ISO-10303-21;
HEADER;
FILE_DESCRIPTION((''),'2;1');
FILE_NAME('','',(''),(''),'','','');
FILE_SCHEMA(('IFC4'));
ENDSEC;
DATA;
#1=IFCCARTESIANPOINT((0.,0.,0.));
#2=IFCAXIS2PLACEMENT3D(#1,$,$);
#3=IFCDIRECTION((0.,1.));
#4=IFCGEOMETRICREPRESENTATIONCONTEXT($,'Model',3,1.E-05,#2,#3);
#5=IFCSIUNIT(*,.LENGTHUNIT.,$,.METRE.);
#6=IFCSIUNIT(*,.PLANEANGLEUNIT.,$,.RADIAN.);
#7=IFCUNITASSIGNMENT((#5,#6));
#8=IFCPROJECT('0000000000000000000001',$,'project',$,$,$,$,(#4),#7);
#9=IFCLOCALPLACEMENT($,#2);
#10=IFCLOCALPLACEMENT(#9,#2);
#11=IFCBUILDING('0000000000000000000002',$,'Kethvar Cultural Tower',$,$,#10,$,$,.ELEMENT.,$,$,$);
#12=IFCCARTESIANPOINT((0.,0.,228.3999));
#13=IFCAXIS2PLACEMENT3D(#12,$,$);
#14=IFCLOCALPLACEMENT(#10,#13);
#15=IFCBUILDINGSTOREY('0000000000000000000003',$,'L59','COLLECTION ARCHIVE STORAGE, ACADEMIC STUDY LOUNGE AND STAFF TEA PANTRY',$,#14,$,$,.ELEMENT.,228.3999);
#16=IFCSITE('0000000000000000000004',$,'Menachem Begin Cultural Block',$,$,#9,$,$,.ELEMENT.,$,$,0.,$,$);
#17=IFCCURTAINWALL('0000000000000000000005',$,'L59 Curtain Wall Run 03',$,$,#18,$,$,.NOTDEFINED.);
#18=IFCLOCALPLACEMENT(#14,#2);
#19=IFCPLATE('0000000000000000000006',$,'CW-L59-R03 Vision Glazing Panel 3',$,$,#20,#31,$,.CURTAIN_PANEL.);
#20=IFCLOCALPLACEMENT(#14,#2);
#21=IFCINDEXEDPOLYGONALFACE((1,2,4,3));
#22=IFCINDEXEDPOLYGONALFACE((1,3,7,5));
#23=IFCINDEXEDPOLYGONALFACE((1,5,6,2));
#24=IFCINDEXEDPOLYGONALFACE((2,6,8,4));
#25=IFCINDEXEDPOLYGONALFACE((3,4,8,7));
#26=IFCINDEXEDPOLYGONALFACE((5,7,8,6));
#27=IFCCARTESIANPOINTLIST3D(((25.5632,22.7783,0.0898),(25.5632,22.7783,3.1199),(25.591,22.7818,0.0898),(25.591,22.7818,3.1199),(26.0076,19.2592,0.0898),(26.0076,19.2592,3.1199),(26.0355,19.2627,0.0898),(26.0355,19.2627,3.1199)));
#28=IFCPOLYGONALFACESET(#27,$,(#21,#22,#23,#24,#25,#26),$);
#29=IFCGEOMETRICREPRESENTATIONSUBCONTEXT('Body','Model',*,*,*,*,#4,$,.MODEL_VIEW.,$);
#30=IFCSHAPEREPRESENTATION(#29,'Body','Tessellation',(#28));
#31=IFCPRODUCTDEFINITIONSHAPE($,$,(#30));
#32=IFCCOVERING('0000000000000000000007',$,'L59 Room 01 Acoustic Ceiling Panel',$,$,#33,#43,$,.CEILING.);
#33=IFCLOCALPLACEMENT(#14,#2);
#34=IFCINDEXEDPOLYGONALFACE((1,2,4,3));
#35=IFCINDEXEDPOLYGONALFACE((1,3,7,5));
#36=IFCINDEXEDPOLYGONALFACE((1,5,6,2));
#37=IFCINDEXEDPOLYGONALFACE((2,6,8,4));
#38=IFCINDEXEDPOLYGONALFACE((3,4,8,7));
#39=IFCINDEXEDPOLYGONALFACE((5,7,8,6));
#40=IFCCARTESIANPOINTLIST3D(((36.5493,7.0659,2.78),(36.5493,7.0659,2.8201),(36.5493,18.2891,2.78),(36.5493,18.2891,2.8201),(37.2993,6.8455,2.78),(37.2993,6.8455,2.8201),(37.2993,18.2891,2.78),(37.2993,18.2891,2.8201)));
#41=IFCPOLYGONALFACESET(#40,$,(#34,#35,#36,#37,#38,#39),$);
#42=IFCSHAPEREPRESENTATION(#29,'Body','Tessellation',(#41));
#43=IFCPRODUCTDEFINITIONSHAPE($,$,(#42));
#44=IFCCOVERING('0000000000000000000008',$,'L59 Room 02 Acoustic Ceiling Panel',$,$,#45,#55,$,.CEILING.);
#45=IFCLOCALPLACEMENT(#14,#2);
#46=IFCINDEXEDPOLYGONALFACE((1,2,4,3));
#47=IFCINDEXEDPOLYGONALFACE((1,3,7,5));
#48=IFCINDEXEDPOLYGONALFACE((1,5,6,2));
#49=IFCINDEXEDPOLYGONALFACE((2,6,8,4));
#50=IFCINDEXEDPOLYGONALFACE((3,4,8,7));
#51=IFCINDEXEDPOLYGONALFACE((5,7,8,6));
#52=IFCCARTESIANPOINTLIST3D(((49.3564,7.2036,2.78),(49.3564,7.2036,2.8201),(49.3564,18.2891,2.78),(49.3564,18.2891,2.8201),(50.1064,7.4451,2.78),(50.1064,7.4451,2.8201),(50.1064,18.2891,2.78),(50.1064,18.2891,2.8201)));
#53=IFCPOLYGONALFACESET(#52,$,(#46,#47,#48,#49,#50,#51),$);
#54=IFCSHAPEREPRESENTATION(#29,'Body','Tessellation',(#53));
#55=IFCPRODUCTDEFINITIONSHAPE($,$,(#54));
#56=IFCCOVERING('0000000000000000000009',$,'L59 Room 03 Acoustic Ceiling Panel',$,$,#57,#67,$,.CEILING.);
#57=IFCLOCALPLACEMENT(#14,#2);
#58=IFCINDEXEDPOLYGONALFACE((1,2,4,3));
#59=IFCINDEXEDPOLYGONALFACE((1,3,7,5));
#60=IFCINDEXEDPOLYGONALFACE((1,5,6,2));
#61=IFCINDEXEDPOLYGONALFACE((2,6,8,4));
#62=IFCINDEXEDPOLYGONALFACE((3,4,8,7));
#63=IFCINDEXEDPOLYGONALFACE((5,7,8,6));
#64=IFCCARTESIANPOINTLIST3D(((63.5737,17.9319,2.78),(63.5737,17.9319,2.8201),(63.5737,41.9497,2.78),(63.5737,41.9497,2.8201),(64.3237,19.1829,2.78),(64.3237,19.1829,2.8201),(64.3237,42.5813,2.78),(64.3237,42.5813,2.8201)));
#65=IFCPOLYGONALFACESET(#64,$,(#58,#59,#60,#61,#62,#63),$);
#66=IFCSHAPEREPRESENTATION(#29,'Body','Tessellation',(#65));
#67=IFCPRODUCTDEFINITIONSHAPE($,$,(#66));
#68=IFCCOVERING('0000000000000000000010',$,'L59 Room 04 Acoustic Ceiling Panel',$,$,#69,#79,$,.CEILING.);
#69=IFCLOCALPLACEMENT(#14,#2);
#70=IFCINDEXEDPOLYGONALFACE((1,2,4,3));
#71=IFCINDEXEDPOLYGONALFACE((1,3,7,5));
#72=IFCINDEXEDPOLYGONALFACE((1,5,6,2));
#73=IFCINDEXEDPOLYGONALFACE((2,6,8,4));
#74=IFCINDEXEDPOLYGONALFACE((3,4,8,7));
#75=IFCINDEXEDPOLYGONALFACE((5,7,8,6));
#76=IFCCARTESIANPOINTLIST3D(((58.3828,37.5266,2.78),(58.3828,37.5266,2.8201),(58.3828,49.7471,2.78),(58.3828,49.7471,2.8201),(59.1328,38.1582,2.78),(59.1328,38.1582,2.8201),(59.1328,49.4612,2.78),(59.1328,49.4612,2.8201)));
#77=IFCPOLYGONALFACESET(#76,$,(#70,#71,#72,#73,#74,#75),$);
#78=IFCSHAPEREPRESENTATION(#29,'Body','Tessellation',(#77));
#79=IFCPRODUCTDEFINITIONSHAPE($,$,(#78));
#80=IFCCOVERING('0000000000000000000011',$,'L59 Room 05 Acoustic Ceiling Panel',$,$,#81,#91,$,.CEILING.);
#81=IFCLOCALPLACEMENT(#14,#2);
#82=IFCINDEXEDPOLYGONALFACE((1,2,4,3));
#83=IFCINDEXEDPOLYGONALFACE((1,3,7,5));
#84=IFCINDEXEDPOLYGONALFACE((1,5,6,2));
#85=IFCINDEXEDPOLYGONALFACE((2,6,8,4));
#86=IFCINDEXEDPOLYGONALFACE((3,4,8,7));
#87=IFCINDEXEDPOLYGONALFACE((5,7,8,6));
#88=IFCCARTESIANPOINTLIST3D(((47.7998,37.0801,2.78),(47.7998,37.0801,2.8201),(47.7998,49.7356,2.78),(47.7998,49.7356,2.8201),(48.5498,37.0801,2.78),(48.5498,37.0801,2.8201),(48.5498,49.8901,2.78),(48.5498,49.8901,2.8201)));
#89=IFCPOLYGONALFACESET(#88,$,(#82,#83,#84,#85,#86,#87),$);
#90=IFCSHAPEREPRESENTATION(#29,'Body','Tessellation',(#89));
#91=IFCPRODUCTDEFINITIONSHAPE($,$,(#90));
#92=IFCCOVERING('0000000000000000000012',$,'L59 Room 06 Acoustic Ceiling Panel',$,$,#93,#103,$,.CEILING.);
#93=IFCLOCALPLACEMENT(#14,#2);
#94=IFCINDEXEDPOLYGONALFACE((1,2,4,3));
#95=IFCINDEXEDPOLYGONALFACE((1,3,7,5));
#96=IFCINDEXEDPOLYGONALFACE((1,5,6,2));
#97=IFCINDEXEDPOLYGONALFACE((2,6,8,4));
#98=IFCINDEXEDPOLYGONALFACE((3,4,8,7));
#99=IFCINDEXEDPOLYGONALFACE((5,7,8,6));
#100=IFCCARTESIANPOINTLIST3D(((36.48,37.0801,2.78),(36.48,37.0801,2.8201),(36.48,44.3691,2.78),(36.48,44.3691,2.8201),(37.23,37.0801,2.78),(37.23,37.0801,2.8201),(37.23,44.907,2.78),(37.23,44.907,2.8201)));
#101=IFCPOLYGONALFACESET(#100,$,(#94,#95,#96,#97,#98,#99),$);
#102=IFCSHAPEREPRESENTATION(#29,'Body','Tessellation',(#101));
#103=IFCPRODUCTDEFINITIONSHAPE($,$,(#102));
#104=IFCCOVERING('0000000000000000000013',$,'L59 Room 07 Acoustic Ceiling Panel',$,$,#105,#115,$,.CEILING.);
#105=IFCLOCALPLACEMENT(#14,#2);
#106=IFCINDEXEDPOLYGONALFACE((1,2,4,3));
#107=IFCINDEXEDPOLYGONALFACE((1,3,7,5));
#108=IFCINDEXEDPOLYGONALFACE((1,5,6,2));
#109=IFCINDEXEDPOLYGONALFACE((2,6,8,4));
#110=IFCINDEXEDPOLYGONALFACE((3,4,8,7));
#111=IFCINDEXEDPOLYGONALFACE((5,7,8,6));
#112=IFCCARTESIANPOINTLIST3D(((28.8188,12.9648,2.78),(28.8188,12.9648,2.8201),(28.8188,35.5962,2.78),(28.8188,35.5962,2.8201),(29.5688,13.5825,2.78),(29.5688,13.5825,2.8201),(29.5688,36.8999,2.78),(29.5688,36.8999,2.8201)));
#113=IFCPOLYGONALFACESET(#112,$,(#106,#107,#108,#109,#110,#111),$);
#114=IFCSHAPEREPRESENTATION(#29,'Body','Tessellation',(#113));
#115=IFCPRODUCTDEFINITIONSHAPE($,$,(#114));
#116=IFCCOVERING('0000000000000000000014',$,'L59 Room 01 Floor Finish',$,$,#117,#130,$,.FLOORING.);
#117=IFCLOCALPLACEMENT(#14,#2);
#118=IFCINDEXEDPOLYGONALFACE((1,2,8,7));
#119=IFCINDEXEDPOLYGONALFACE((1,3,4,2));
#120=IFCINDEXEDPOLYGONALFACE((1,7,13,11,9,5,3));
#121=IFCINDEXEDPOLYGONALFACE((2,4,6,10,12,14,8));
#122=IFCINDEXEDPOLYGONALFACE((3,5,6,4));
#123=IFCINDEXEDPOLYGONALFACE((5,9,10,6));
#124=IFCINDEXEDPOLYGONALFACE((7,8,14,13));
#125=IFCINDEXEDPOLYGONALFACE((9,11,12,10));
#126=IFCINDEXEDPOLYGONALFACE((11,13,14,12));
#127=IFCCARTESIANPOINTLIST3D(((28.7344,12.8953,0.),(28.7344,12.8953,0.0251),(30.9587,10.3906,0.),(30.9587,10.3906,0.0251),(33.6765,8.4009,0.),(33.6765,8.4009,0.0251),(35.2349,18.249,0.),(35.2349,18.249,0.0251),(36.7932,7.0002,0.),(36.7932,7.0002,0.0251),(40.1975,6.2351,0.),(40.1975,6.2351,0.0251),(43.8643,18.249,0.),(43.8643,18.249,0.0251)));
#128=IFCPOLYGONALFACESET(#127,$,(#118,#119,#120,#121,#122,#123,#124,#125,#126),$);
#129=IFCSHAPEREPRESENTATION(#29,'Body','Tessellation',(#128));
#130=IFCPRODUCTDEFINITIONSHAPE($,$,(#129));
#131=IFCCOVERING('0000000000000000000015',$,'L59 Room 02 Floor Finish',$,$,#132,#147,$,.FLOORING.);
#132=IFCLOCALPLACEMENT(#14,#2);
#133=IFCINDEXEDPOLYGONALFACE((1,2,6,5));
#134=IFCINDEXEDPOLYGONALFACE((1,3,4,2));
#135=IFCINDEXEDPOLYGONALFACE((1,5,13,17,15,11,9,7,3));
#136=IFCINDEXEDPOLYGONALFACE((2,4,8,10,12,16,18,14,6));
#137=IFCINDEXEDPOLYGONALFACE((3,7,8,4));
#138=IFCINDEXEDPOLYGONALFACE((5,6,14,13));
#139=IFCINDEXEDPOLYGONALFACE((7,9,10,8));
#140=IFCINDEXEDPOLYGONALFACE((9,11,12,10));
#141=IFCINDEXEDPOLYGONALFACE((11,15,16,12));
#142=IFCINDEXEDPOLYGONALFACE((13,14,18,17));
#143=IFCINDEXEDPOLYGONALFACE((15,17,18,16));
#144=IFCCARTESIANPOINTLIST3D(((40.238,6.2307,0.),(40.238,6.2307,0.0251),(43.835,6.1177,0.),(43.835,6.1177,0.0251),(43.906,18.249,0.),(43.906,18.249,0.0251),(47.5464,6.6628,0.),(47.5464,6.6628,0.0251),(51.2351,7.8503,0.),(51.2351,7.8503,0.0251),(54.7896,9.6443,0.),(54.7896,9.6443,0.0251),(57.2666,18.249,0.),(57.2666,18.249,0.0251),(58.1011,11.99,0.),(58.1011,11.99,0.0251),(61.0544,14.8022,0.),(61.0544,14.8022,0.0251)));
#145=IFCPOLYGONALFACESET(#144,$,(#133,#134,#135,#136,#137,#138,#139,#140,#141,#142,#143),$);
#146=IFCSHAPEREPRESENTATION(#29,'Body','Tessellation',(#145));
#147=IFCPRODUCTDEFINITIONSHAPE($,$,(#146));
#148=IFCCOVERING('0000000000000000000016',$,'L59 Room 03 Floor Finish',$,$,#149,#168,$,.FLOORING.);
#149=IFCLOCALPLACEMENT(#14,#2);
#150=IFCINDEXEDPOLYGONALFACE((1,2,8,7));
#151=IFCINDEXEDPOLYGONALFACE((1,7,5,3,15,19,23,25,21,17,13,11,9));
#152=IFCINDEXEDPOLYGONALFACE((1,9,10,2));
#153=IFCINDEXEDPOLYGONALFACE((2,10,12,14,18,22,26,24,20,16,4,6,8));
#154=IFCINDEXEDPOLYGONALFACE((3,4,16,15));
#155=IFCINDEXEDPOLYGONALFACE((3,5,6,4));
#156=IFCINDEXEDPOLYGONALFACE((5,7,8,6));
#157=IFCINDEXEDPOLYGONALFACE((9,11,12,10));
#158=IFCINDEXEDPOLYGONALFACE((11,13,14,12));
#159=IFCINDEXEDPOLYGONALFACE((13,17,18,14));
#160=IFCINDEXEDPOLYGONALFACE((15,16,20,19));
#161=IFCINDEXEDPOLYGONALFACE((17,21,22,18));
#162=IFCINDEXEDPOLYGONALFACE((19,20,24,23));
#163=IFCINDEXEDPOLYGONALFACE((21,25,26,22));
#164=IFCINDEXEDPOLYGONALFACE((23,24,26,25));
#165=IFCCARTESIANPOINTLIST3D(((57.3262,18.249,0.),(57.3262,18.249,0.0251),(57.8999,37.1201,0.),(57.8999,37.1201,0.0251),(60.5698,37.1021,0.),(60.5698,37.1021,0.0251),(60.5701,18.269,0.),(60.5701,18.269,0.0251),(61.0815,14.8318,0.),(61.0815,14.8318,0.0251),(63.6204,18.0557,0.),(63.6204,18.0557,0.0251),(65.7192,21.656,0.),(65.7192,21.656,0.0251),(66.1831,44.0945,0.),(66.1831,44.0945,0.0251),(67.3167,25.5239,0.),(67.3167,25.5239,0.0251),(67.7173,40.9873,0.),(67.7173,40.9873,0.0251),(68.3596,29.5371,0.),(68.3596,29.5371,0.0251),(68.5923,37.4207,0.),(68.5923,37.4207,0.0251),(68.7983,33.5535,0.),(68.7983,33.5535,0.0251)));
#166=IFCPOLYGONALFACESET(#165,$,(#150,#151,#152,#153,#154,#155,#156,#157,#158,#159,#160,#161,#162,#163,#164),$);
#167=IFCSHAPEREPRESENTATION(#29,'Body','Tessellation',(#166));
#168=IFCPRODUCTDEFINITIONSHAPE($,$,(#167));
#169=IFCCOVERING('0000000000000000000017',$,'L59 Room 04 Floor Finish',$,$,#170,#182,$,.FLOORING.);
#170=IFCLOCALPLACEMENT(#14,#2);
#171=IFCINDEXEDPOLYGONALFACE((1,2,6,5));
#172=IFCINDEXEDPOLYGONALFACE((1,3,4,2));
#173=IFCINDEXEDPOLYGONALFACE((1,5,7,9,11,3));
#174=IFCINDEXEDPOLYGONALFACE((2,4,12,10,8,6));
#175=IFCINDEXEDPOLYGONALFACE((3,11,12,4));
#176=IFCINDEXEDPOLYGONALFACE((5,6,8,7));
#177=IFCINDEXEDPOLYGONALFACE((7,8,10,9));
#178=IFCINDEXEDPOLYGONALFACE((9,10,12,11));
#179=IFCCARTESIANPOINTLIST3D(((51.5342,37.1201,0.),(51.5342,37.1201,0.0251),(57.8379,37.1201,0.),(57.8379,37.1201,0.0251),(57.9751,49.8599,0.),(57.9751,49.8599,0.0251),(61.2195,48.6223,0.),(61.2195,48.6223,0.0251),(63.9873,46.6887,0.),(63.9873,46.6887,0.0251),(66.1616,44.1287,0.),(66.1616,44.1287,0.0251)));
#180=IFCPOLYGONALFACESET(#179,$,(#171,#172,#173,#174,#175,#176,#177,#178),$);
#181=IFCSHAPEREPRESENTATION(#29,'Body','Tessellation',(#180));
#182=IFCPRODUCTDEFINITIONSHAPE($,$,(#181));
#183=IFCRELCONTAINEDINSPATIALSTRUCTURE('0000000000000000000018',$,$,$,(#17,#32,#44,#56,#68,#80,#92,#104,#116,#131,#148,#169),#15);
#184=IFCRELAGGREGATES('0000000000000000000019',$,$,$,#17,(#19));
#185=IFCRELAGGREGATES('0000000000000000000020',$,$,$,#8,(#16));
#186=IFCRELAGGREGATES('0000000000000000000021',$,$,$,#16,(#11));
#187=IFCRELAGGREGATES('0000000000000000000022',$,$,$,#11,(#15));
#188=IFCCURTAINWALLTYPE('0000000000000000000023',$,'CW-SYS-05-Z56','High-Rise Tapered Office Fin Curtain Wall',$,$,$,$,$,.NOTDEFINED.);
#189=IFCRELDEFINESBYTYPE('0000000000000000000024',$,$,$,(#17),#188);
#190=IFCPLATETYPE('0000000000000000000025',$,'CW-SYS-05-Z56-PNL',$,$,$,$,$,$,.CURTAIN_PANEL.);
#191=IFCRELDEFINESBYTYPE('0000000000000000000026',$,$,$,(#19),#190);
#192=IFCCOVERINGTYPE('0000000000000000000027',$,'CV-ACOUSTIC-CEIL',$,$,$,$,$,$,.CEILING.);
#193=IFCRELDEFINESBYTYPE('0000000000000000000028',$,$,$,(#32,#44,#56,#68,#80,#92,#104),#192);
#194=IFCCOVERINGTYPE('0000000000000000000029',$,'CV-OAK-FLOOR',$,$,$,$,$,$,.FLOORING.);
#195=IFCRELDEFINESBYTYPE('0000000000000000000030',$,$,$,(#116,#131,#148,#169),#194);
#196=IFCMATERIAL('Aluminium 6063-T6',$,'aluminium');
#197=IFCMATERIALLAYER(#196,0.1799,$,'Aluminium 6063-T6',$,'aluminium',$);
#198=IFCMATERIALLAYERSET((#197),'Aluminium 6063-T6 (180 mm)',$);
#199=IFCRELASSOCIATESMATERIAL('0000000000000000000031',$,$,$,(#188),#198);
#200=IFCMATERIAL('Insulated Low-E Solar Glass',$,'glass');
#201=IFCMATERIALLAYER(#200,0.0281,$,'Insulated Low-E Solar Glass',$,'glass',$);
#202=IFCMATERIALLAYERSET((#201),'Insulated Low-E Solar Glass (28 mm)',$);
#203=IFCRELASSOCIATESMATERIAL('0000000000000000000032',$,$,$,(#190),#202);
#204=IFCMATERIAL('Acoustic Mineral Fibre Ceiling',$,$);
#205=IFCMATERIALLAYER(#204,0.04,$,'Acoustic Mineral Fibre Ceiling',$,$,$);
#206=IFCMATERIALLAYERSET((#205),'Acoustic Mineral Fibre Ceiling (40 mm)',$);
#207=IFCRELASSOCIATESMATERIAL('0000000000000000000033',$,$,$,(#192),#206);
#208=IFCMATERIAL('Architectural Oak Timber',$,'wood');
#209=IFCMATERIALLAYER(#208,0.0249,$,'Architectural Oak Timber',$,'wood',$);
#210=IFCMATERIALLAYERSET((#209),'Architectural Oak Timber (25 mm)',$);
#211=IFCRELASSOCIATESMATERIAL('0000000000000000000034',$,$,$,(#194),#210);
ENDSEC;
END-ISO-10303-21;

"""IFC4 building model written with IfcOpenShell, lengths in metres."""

from ifc_helpers import new_model, si_unit, direction, frame, origin, origin_2d, place, context, subcontext, project, spatial, polyline, rectangle, outline, extrude, source, transform, mapped, material, layer, layer_set, type_object, element, aggregate, save


model = new_model("IFC4")

# Units and contexts
model_context = context("Model", 3, precision=1e-05, world=origin(), true_north=direction((0.0, 1.0)))
body_context = subcontext(model_context, "Body", "Model", "MODEL_VIEW")
ifc_project = project(units=[si_unit("LENGTHUNIT", "METRE"), si_unit("PLANEANGLEUNIT", "RADIAN")], contexts=[model_context])

# Site, building, storey
site_placement = place(None, origin())
site = spatial("IfcSite", under=ifc_project, at=site_placement, Name="Menachem Begin Cultural Block", CompositionType="ELEMENT", RefElevation=0.0)
building_placement = place(site_placement, origin())
building = spatial("IfcBuilding", under=site, at=building_placement, Name="Kethvar Cultural Tower", CompositionType="ELEMENT")
storey_placement = place(building_placement, frame((0.0, 0.0, 228.3999)))
storey = spatial("IfcBuildingStorey", under=building, at=storey_placement, Name="L59", Description="COLLECTION ARCHIVE STORAGE, ACADEMIC STUDY LOUNGE AND STAFF TEA PANTRY", CompositionType="ELEMENT", Elevation=228.3999)

# Curtain wall
ifc_material_1 = material(Name="Aluminium 6063-T6", Category="aluminium")
ifc_layer_1 = layer(ifc_material_1, 0.1799, Name="Aluminium 6063-T6", Category="aluminium")
ifc_layer_set_1 = layer_set([ifc_layer_1], Name="Aluminium 6063-T6 (180 mm)")
curtain_wall_type = type_object("IfcCurtainWallType", Name="CW-SYS-05-Z56", Description="High-Rise Tapered Office Fin Curtain Wall", PredefinedType="NOTDEFINED", material=ifc_layer_set_1)
curtain_wall_placement = place(storey_placement, origin())
curtain_wall = element("IfcCurtainWall", 1, at=curtain_wall_placement, inside=storey, type_object=curtain_wall_type, Name="L59 Curtain Wall Run 03", PredefinedType="NOTDEFINED")

# Plate
ifc_material_2 = material(Name="Insulated Low-E Solar Glass", Category="glass")
ifc_layer_2 = layer(ifc_material_2, 0.0281, Name="Insulated Low-E Solar Glass", Category="glass")
ifc_layer_set_2 = layer_set([ifc_layer_2], Name="Insulated Low-E Solar Glass (28 mm)")
plate_type = type_object("IfcPlateType", Name="CW-SYS-05-Z56-PNL", PredefinedType="CURTAIN_PANEL", material=ifc_layer_set_2)
shared_shape_1 = source(origin(), body_context, "Body", "SweptSolid", [
    extrude(rectangle(XDim=3.5471, YDim=0.0281, at=origin_2d()), origin(), (0.0, 0.0, 1.0), 3.03),
])
plate_placement = place(storey_placement, frame((25.7993, 21.0205, 0.0898), z_axis=(0.0, 0.0, 1.0), x_axis=(0.125299, -0.992119, 0.0)))
plate = element("IfcPlate", 2, at=plate_placement, type_object=plate_type, Name="CW-L59-R03 Vision Glazing Panel 3", PredefinedType="CURTAIN_PANEL", context=body_context, shape_type="MappedRepresentation", body=[
    mapped(shared_shape_1, transform((0.0, 0.0, 0.0), scale=1.0)),
])
aggregate(curtain_wall, [plate])

# Coverings
ifc_material_3 = material(Name="Acoustic Mineral Fibre Ceiling")
ifc_layer_3 = layer(ifc_material_3, 0.04, Name="Acoustic Mineral Fibre Ceiling")
ifc_layer_set_3 = layer_set([ifc_layer_3], Name="Acoustic Mineral Fibre Ceiling (40 mm)")
covering_type_1 = type_object("IfcCoveringType", Name="CV-ACOUSTIC-CEIL", PredefinedType="CEILING", material=ifc_layer_set_3)
covering_1_placement = place(storey_placement, frame((0.0, 0.0, 2.78)))
element("IfcCovering", 3, at=covering_1_placement, inside=storey, type_object=covering_type_1, Name="L59 Room 01 Acoustic Ceiling Panel", PredefinedType="CEILING", context=body_context, shape_type="SweptSolid", body=[
    extrude(outline(polyline([(37.2993, 6.8455), (36.5493, 7.0659), (36.5493, 18.2891), (37.2993, 18.2891), (37.2993, 6.8455)])), origin(), (0.0, 0.0, 1.0), 0.04),
])
covering_2_placement = place(storey_placement, frame((0.0, 0.0, 2.78)))
element("IfcCovering", 4, at=covering_2_placement, inside=storey, type_object=covering_type_1, Name="L59 Room 02 Acoustic Ceiling Panel", PredefinedType="CEILING", context=body_context, shape_type="SweptSolid", body=[
    extrude(outline(polyline([(49.3564, 7.2036), (49.3564, 18.2891), (50.1064, 18.2891), (50.1064, 7.4451), (49.3564, 7.2036)])), origin(), (0.0, 0.0, 1.0), 0.04),
])
covering_3_placement = place(storey_placement, frame((0.0, 0.0, 2.78)))
element("IfcCovering", 5, at=covering_3_placement, inside=storey, type_object=covering_type_1, Name="L59 Room 03 Acoustic Ceiling Panel", PredefinedType="CEILING", context=body_context, shape_type="SweptSolid", body=[
    extrude(outline(polyline([(64.3237, 19.1829), (63.5737, 17.9319), (63.5737, 41.9497), (64.3237, 42.5813), (64.3237, 19.1829)])), origin(), (0.0, 0.0, 1.0), 0.04),
])
covering_4_placement = place(storey_placement, frame((0.0, 0.0, 2.78)))
element("IfcCovering", 6, at=covering_4_placement, inside=storey, type_object=covering_type_1, Name="L59 Room 04 Acoustic Ceiling Panel", PredefinedType="CEILING", context=body_context, shape_type="SweptSolid", body=[
    extrude(outline(polyline([(59.1328, 49.4612), (59.1328, 38.1582), (58.3828, 37.5266), (58.3828, 49.7471), (59.1328, 49.4612)])), origin(), (0.0, 0.0, 1.0), 0.04),
])
covering_5_placement = place(storey_placement, frame((0.0, 0.0, 2.78)))
element("IfcCovering", 7, at=covering_5_placement, inside=storey, type_object=covering_type_1, Name="L59 Room 05 Acoustic Ceiling Panel", PredefinedType="CEILING", context=body_context, shape_type="SweptSolid", body=[
    extrude(outline(polyline([(48.5498, 49.8901), (48.5498, 37.0801), (47.7998, 37.0801), (47.7998, 49.7356), (48.5498, 49.8901)])), origin(), (0.0, 0.0, 1.0), 0.04),
])
covering_6_placement = place(storey_placement, frame((0.0, 0.0, 2.78)))
element("IfcCovering", 8, at=covering_6_placement, inside=storey, type_object=covering_type_1, Name="L59 Room 06 Acoustic Ceiling Panel", PredefinedType="CEILING", context=body_context, shape_type="SweptSolid", body=[
    extrude(outline(polyline([(37.23, 44.907), (37.23, 37.0801), (36.48, 37.0801), (36.48, 44.3691), (37.23, 44.907)])), origin(), (0.0, 0.0, 1.0), 0.04),
])
covering_7_placement = place(storey_placement, frame((0.0, 0.0, 2.78)))
element("IfcCovering", 9, at=covering_7_placement, inside=storey, type_object=covering_type_1, Name="L59 Room 07 Acoustic Ceiling Panel", PredefinedType="CEILING", context=body_context, shape_type="SweptSolid", body=[
    extrude(outline(polyline([(29.5688, 36.8999), (29.5688, 13.5825), (28.8188, 12.9648), (28.8188, 35.5962), (29.5688, 36.8999)])), origin(), (0.0, 0.0, 1.0), 0.04),
])
ifc_material_4 = material(Name="Architectural Oak Timber", Category="wood")
ifc_layer_4 = layer(ifc_material_4, 0.0249, Name="Architectural Oak Timber", Category="wood")
ifc_layer_set_4 = layer_set([ifc_layer_4], Name="Architectural Oak Timber (25 mm)")
covering_type_2 = type_object("IfcCoveringType", Name="CV-OAK-FLOOR", PredefinedType="FLOORING", material=ifc_layer_set_4)
covering_8_placement = place(storey_placement, origin())
element("IfcCovering", 10, at=covering_8_placement, inside=storey, type_object=covering_type_2, Name="L59 Room 01 Floor Finish", PredefinedType="FLOORING", context=body_context, shape_type="SweptSolid", body=[
    extrude(outline(polyline([(36.7932, 7.0002), (33.6765, 8.4009), (30.9587, 10.3906), (28.7344, 12.8953), (35.2349, 18.249), (43.8643, 18.249), (40.1975, 6.2351), (36.7932, 7.0002)])), origin(), (0.0, 0.0, 1.0), 0.0251),
])
covering_9_placement = place(storey_placement, origin())
element("IfcCovering", 11, at=covering_9_placement, inside=storey, type_object=covering_type_2, Name="L59 Room 02 Floor Finish", PredefinedType="FLOORING", context=body_context, shape_type="SweptSolid", body=[
    extrude(outline(polyline([(61.0544, 14.8022), (58.1011, 11.99), (54.7896, 9.6443), (51.2351, 7.8503), (47.5464, 6.6628), (43.835, 6.1177), (40.238, 6.2307), (43.906, 18.249), (57.2666, 18.249), (61.0544, 14.8022)])), origin(), (0.0, 0.0, 1.0), 0.0251),
])
covering_10_placement = place(storey_placement, origin())
element("IfcCovering", 12, at=covering_10_placement, inside=storey, type_object=covering_type_2, Name="L59 Room 03 Floor Finish", PredefinedType="FLOORING", context=body_context, shape_type="SweptSolid", body=[
    extrude(outline(polyline([(67.7173, 40.9873), (68.5923, 37.4207), (68.7983, 33.5535), (68.3596, 29.5371), (67.3167, 25.5239), (65.7192, 21.656), (63.6204, 18.0557), (61.0815, 14.8318), (57.3262, 18.249), (60.5701, 18.269), (60.5698, 37.1021), (57.8999, 37.1201), (66.1831, 44.0945), (67.7173, 40.9873)])), origin(), (0.0, 0.0, 1.0), 0.0251),
])
covering_11_placement = place(storey_placement, origin())
element("IfcCovering", 13, at=covering_11_placement, inside=storey, type_object=covering_type_2, Name="L59 Room 04 Floor Finish", PredefinedType="FLOORING", context=body_context, shape_type="SweptSolid", body=[
    extrude(outline(polyline([(57.9751, 49.8599), (61.2195, 48.6223), (63.9873, 46.6887), (66.1616, 44.1287), (57.8379, 37.1201), (51.5342, 37.1201), (57.9751, 49.8599)])), origin(), (0.0, 0.0, 1.0), 0.0251),
])

save(model, "model.ifc")
